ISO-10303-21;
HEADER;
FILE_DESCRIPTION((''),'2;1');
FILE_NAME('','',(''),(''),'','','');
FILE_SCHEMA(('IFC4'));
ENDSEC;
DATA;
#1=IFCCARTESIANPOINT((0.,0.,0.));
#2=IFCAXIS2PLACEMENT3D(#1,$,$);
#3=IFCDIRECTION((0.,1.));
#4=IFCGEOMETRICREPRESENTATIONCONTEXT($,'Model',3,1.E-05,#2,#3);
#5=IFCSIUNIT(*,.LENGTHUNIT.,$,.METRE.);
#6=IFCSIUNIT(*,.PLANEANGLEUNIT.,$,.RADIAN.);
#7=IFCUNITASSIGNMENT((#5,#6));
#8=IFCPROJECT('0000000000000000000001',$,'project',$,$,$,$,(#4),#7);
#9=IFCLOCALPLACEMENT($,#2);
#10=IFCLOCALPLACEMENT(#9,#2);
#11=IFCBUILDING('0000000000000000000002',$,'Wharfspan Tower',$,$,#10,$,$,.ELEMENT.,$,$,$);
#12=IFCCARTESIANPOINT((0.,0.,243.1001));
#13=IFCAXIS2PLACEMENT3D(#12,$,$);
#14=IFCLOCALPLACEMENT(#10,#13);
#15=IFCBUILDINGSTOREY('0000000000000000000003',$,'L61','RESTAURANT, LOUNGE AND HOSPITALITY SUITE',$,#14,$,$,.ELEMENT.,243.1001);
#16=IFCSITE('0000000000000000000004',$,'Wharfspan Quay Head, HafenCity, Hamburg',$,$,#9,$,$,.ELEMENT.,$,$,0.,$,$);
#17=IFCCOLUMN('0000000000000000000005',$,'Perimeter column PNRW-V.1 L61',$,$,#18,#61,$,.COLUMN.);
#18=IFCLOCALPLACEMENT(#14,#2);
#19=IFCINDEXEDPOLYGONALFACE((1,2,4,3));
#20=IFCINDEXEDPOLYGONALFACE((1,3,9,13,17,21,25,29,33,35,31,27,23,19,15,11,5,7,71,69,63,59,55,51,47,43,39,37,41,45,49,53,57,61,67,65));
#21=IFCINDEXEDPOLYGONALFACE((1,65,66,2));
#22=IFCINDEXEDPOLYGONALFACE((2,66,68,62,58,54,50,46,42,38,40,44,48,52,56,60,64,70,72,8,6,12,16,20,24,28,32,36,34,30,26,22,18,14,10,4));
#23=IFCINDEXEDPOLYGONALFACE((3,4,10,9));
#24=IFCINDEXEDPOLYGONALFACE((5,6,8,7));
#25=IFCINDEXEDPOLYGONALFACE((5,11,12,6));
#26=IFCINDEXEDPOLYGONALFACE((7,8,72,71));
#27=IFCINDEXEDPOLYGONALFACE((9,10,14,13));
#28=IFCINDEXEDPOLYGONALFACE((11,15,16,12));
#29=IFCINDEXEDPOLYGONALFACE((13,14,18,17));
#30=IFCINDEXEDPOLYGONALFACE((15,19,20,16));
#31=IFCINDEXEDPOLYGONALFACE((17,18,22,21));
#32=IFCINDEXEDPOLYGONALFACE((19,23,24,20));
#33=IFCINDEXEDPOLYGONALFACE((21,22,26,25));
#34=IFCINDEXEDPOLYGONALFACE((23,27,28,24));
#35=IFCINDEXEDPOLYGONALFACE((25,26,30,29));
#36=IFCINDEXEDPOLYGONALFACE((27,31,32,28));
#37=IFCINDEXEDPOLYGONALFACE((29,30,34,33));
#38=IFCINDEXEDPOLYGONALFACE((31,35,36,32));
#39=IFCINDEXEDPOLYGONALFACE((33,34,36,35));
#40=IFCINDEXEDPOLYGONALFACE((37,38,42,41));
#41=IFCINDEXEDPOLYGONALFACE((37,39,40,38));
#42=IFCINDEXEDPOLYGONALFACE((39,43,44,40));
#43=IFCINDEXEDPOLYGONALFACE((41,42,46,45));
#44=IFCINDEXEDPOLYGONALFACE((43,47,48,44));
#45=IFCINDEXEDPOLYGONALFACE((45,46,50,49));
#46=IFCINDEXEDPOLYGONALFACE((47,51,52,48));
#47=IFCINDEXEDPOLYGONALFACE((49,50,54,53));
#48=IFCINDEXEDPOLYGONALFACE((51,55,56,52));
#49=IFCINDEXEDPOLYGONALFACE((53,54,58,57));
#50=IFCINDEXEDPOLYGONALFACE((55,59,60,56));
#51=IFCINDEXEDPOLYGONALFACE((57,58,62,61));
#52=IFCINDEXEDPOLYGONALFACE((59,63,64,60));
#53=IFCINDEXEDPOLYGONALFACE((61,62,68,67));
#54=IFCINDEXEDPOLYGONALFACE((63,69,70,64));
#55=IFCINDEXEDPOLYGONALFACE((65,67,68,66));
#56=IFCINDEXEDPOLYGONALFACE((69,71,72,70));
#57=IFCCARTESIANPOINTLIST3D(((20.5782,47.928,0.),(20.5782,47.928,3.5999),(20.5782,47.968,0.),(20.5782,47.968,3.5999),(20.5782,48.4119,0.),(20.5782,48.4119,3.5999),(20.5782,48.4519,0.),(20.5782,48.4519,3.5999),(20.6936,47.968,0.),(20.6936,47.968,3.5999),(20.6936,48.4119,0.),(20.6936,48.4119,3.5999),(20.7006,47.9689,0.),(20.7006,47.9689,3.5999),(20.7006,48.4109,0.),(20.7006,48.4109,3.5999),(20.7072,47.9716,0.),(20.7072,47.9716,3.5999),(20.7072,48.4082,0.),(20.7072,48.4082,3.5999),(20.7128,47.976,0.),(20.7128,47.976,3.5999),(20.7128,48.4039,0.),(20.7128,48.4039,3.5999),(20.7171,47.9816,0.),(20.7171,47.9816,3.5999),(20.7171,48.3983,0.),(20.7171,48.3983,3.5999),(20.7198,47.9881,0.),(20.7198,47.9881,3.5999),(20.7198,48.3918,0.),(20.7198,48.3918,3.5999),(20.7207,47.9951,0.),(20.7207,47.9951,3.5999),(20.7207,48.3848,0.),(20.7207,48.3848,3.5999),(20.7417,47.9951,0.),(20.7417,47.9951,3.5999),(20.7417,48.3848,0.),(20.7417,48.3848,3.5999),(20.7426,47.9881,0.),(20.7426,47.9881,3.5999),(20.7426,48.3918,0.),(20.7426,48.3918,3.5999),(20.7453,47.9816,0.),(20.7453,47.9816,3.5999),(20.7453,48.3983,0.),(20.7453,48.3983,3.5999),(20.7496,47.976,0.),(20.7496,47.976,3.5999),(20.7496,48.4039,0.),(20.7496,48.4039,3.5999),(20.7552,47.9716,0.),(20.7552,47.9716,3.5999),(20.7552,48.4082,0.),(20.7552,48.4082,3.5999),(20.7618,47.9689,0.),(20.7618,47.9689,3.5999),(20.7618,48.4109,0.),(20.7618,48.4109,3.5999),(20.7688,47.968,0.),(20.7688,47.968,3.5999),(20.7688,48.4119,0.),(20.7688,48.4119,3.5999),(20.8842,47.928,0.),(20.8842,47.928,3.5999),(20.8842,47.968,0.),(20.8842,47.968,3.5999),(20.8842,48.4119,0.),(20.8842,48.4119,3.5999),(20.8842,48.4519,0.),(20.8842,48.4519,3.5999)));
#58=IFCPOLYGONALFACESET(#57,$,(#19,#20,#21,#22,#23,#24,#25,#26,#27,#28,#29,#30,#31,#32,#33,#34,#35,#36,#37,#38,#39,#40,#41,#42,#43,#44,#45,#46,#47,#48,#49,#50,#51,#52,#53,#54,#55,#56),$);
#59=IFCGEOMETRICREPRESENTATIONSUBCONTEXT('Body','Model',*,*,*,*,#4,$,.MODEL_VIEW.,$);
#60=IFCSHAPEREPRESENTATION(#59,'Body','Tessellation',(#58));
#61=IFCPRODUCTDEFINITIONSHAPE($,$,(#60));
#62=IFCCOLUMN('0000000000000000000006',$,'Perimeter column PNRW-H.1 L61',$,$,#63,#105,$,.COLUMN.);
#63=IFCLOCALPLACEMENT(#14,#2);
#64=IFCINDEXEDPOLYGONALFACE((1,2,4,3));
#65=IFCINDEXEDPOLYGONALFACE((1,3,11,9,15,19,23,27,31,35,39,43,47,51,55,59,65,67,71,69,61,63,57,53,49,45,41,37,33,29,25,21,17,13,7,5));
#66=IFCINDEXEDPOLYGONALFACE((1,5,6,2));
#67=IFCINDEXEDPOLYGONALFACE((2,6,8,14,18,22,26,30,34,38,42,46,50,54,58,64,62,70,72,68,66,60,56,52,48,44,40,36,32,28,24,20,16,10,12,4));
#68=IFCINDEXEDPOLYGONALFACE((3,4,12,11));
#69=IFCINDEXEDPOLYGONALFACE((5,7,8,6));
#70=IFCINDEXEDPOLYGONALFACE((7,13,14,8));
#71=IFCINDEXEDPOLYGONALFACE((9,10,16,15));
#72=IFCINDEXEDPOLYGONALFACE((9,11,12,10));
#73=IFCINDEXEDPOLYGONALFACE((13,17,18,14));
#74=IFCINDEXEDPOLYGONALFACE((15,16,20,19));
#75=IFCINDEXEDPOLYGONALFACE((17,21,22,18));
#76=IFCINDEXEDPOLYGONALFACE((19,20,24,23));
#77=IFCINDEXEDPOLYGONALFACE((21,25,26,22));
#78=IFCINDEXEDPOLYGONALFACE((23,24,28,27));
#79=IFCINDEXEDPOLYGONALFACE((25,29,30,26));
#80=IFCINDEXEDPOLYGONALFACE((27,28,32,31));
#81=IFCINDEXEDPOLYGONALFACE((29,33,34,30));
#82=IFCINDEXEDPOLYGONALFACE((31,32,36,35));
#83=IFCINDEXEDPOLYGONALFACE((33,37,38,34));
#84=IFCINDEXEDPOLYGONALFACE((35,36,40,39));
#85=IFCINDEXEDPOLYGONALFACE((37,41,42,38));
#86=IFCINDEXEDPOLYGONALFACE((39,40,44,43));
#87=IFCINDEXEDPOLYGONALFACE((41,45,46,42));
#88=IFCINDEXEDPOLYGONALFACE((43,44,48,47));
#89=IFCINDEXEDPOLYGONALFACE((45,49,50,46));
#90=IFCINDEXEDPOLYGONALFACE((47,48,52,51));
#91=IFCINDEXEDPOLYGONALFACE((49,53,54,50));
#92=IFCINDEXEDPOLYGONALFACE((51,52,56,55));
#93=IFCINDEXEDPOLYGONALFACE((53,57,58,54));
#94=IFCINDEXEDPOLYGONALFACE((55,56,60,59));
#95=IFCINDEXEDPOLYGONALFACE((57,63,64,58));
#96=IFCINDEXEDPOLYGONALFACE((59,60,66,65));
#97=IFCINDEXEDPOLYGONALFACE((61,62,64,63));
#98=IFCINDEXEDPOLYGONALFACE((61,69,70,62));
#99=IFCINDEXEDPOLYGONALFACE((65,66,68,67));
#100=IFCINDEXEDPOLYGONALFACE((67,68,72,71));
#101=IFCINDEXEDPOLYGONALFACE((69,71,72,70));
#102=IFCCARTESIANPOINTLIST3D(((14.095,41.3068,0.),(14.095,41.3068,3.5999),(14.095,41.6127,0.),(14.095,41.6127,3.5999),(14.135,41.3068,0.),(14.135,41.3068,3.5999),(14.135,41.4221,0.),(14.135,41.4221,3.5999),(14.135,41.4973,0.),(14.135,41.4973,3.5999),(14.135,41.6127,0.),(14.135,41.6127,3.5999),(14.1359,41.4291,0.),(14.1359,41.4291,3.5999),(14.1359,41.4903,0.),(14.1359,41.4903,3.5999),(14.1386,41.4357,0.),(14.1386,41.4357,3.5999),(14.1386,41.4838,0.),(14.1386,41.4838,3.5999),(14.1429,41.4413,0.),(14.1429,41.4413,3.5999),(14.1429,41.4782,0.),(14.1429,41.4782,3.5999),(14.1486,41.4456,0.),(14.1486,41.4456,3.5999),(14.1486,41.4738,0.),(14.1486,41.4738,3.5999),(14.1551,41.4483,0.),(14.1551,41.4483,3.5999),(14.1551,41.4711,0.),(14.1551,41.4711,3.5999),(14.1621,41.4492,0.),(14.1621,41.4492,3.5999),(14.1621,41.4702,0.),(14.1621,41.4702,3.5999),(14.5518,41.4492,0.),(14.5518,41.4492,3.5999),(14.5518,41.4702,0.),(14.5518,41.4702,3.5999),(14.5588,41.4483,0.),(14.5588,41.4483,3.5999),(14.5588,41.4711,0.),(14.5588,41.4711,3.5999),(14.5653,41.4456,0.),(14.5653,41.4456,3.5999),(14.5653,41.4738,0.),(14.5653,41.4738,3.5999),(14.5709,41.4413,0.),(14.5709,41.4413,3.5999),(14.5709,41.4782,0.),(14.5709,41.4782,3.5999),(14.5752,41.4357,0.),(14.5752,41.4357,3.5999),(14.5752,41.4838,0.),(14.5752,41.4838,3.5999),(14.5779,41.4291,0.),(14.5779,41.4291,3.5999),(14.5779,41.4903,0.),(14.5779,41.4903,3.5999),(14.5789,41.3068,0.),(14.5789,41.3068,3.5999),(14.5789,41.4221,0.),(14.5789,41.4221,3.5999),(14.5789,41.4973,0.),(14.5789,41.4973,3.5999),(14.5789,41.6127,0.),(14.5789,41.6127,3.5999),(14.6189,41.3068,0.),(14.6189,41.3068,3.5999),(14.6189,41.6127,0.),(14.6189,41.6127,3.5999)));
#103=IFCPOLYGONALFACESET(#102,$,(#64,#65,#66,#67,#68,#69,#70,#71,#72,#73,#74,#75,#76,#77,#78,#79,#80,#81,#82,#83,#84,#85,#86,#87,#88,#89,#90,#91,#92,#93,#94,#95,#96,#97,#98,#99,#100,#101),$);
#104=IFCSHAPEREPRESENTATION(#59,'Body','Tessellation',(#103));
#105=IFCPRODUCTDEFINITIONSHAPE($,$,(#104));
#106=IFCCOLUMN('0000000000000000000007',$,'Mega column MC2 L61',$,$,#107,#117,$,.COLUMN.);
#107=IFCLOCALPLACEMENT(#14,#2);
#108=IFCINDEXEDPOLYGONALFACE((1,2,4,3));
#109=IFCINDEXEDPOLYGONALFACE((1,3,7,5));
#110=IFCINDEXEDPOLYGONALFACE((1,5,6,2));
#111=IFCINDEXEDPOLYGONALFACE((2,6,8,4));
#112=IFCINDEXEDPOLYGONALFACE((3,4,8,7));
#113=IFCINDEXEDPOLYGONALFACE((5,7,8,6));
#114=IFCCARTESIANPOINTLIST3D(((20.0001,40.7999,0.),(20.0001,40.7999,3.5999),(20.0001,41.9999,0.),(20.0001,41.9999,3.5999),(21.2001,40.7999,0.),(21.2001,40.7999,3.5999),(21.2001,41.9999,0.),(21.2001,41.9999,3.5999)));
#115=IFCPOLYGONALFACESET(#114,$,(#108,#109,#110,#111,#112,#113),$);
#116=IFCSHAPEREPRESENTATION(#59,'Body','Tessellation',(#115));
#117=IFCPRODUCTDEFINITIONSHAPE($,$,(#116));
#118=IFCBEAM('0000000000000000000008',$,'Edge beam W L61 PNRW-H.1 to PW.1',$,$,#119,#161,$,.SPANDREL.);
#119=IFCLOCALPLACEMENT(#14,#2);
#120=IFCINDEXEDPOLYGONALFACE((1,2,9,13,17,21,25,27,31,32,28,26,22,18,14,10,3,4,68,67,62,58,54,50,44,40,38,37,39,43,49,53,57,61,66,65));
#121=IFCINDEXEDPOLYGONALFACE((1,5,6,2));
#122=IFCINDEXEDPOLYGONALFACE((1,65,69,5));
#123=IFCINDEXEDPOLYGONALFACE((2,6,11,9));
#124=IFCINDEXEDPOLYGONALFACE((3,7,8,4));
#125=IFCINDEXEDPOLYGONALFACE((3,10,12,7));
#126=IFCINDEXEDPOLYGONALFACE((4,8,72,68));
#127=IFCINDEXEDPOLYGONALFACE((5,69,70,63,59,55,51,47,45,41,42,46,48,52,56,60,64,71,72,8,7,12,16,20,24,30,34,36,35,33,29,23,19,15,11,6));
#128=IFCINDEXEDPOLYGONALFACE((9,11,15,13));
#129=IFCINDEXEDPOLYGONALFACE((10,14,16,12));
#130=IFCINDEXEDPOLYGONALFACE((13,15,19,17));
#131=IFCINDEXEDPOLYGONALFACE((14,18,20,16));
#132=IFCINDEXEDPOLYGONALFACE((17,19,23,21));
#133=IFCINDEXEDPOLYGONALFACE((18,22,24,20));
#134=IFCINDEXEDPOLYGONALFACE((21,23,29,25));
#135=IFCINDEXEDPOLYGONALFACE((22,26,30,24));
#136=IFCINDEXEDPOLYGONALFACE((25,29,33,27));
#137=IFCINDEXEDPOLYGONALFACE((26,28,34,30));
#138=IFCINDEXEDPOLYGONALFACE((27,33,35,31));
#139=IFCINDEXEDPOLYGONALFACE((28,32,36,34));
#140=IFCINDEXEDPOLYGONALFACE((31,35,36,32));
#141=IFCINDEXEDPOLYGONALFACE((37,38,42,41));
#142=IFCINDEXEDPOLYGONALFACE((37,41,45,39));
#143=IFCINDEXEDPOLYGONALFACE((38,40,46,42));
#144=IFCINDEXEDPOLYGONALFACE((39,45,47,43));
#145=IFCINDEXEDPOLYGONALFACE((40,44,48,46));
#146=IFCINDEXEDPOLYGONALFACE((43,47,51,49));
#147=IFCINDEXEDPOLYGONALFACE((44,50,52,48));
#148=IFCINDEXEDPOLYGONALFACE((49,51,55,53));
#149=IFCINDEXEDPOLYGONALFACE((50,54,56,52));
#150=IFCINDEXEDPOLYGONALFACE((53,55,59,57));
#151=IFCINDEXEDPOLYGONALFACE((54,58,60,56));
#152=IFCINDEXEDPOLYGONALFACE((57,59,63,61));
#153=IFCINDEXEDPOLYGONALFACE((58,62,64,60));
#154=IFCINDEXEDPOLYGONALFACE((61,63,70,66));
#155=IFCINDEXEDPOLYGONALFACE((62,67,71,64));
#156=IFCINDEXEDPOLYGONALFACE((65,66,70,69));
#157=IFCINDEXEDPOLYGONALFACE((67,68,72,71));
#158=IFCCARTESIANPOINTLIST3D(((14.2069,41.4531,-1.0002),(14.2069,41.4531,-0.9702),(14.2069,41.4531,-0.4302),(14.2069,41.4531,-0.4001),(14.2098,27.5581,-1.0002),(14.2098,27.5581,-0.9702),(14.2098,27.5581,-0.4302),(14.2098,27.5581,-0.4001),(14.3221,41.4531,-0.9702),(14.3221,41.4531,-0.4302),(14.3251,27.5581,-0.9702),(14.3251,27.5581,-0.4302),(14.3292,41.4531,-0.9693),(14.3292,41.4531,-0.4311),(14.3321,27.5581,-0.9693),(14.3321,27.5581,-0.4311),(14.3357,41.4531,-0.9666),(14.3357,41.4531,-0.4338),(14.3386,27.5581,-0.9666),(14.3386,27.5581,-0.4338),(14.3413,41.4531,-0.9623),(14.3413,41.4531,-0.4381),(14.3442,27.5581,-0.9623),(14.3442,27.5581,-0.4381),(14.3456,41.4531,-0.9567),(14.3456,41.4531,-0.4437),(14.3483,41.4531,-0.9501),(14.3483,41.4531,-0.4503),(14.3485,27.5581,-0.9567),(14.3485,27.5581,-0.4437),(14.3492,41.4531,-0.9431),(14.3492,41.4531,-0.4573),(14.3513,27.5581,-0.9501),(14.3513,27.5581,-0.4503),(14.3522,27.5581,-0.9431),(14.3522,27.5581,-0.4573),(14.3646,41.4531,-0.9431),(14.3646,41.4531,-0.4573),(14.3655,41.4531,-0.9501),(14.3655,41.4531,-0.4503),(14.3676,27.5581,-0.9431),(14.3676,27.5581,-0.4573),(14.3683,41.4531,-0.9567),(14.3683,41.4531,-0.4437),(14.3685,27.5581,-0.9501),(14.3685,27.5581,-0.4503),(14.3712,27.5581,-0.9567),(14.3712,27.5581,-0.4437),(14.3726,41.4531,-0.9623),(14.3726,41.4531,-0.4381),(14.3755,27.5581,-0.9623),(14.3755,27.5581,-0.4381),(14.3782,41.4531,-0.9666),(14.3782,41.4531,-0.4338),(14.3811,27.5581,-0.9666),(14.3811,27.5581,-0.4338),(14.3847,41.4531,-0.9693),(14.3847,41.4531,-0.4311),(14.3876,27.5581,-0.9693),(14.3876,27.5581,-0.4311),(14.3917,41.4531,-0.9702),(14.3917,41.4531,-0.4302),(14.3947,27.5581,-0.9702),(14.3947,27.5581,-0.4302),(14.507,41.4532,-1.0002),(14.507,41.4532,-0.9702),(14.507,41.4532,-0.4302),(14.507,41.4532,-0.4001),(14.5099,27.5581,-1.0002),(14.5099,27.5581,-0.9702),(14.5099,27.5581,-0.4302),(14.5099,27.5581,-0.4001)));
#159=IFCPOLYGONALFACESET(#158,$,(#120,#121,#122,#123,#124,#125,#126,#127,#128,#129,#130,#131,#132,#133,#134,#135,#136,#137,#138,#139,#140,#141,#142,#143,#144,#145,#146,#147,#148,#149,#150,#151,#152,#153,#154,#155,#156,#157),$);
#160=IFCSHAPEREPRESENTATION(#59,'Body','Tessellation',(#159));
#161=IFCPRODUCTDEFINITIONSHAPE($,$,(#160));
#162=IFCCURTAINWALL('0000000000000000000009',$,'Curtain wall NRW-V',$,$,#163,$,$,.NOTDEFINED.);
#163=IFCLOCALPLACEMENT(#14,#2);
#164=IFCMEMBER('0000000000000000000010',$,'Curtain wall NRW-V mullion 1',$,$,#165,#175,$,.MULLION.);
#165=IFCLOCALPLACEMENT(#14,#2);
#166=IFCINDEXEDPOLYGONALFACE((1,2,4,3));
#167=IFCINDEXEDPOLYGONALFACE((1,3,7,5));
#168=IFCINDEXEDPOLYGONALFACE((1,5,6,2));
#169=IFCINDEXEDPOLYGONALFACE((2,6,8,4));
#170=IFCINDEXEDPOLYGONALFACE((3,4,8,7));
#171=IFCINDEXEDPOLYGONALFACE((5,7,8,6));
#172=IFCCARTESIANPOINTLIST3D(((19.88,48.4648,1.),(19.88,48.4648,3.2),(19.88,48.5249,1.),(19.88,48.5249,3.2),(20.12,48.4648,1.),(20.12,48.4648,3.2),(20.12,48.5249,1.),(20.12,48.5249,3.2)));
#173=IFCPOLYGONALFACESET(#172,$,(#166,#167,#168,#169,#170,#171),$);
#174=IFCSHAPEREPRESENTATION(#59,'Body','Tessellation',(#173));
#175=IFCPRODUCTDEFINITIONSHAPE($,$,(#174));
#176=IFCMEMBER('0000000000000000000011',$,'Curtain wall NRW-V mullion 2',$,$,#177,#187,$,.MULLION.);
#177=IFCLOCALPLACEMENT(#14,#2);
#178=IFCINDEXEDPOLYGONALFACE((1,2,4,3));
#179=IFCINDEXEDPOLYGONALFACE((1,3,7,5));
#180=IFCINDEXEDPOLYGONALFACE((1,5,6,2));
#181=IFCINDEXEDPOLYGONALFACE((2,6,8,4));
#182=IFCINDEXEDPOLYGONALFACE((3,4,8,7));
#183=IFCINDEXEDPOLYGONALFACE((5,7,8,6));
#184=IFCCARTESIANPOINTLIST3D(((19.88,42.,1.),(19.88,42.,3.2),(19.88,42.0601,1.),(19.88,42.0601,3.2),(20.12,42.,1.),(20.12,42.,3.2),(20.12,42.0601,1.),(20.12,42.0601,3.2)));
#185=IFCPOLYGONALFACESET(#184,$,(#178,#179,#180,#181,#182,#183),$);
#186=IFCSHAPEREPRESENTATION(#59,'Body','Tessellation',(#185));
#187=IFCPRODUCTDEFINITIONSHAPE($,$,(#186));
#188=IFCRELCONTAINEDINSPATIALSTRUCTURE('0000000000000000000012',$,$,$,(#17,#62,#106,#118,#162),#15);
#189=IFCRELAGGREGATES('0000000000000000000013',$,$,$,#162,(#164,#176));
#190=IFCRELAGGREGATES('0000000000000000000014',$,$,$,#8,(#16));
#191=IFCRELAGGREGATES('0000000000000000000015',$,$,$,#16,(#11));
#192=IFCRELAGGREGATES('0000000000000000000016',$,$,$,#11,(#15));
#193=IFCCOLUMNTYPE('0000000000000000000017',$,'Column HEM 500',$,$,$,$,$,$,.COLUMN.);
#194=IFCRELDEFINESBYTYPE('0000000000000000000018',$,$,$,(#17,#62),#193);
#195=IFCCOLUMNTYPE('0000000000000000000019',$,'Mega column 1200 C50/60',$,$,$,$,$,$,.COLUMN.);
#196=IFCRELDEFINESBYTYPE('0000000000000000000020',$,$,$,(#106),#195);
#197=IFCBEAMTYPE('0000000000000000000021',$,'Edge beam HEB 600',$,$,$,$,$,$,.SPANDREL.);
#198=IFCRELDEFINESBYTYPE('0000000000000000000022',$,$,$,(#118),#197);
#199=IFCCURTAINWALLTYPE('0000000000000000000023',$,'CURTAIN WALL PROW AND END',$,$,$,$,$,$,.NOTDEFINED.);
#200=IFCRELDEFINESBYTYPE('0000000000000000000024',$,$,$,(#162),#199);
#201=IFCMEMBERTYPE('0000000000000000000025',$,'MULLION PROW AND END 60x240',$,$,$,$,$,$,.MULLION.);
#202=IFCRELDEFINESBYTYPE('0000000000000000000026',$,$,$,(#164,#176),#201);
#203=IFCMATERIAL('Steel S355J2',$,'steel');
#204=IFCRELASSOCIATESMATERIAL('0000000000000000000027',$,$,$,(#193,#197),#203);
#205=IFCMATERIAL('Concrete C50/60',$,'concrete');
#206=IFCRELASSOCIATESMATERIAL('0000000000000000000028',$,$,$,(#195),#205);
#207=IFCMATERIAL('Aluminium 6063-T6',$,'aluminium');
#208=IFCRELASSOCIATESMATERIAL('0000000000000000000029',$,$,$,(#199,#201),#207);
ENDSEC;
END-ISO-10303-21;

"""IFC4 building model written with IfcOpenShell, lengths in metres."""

from ifc_helpers import new_model, si_unit, direction, frame, origin, origin_2d, place, context, subcontext, project, spatial, rectangle, i_section, extrude, material, material_profile, profile_set, type_object, element, aggregate, save


model = new_model("IFC4")

# Units and contexts
model_context = context("Model", 3, precision=1e-05, world=origin(), true_north=direction((0.0, 1.0)))
body_context = subcontext(model_context, "Body", "Model", "MODEL_VIEW")
ifc_project = project(units=[si_unit("LENGTHUNIT", "METRE"), si_unit("PLANEANGLEUNIT", "RADIAN")], contexts=[model_context])

# Site, building, storey
site_placement = place(None, origin())
site = spatial("IfcSite", under=ifc_project, at=site_placement, Name="Wharfspan Quay Head, HafenCity, Hamburg", CompositionType="ELEMENT", RefElevation=0.0)
building_placement = place(site_placement, origin())
building = spatial("IfcBuilding", under=site, at=building_placement, Name="Wharfspan Tower", CompositionType="ELEMENT")
storey_placement = place(building_placement, frame((0.0, 0.0, 243.1001)))
storey = spatial("IfcBuildingStorey", under=building, at=storey_placement, Name="L61", Description="RESTAURANT, LOUNGE AND HOSPITALITY SUITE", CompositionType="ELEMENT", Elevation=243.1001)

# Columns
ifc_material_1 = material(Name="Steel S355J2", Category="steel")
ifc_material_profile_1 = material_profile(ifc_material_1, i_section(OverallWidth=0.3059, OverallDepth=0.5239, WebThickness=0.021, FlangeThickness=0.04, FilletRadius=0.0271, at=origin_2d()))
ifc_profile_set_1 = profile_set([ifc_material_profile_1], Name="Steel S355J2")
column_type_1 = type_object("IfcColumnType", Name="Column HEM 500", PredefinedType="COLUMN", material=ifc_profile_set_1)
for number, where, z_axis, x_axis, name in (
    (1, (20.7312, 48.1899, 0.0), (0.0, 0.0, 1.0), (-1.0, 0.0, 0.0), "Perimeter column PNRW-V.1 L61"),
    (2, (14.3569, 41.4597, 0.0), (0.0, 0.0, 1.0), (0.0, 1.0, 0.0), "Perimeter column PNRW-H.1 L61"),
):
    element("IfcColumn", number, at=place(storey_placement, frame(where, z_axis=z_axis, x_axis=x_axis)), inside=storey, type_object=column_type_1, Name=name, PredefinedType="COLUMN", context=body_context, shape_type="SweptSolid", body=[
        extrude(i_section(OverallWidth=0.3059, OverallDepth=0.5239, WebThickness=0.021, FlangeThickness=0.04, FilletRadius=0.0271, at=origin_2d()), origin(), (0.0, 0.0, 1.0), 3.5999),
    ])
ifc_material_2 = material(Name="Concrete C50/60", Category="concrete")
ifc_material_profile_2 = material_profile(ifc_material_2, rectangle(XDim=1.2, YDim=1.2, at=origin_2d()))
ifc_profile_set_2 = profile_set([ifc_material_profile_2], Name="Concrete C50/60")
column_type_2 = type_object("IfcColumnType", Name="Mega column 1200 C50/60", PredefinedType="COLUMN", material=ifc_profile_set_2)
column_placement = place(storey_placement, frame((20.6001, 41.3999, 0.0), z_axis=(0.0, 0.0, 1.0), x_axis=(1.0, 0.0, 0.0)))
element("IfcColumn", 3, at=column_placement, inside=storey, type_object=column_type_2, Name="Mega column MC2 L61", PredefinedType="COLUMN", context=body_context, shape_type="SweptSolid", body=[
    extrude(rectangle(XDim=1.2, YDim=1.2, at=origin_2d()), origin(), (0.0, 0.0, 1.0), 3.5999),
])

# Beam
ifc_material_profile_3 = material_profile(ifc_material_1, i_section(OverallWidth=0.3, OverallDepth=0.6001, WebThickness=0.0154, FlangeThickness=0.03, FilletRadius=0.0271, at=origin_2d()))
ifc_profile_set_3 = profile_set([ifc_material_profile_3], Name="Steel S355J2")
beam_type = type_object("IfcBeamType", Name="Edge beam HEB 600", PredefinedType="SPANDREL", material=ifc_profile_set_3)
beam_placement = place(storey_placement, frame((14.3569, 41.4531, -0.7002), z_axis=(0.000211, -1.0, 0.0), x_axis=(1.0, 0.000211, 0.0)))
element("IfcBeam", 4, at=beam_placement, inside=storey, type_object=beam_type, Name="Edge beam W L61 PNRW-H.1 to PW.1", PredefinedType="SPANDREL", context=body_context, shape_type="SweptSolid", body=[
    extrude(i_section(OverallWidth=0.3, OverallDepth=0.6001, WebThickness=0.0154, FlangeThickness=0.03, FilletRadius=0.0271, at=origin_2d()), origin(), (0.0, 0.0, 1.0), 13.895),
])

# Curtain wall, members
ifc_material_3 = material(Name="Aluminium 6063-T6", Category="aluminium")
curtain_wall_type = type_object("IfcCurtainWallType", Name="CURTAIN WALL PROW AND END", PredefinedType="NOTDEFINED", material=ifc_material_3)
curtain_wall_1_placement = place(storey_placement, origin())
curtain_wall_1 = element("IfcCurtainWall", 5, at=curtain_wall_1_placement, inside=storey, type_object=curtain_wall_type, Name="Curtain wall NRW-V", PredefinedType="NOTDEFINED")
ifc_material_profile_4 = material_profile(ifc_material_3, rectangle(XDim=0.24, YDim=0.0601, at=origin_2d()))
ifc_profile_set_4 = profile_set([ifc_material_profile_4], Name="Aluminium 6063-T6")
member_type_1 = type_object("IfcMemberType", Name="MULLION PROW AND END 60x240", PredefinedType="MULLION", material=ifc_profile_set_4)
member_1_placement = place(storey_placement, frame((20.0, 48.4949, 1.0), z_axis=(0.0, 0.0, 1.0), x_axis=(1.0, 0.0, 0.0)))
member_1 = element("IfcMember", 6, at=member_1_placement, type_object=member_type_1, Name="Curtain wall NRW-V mullion 1", PredefinedType="MULLION", context=body_context, shape_type="SweptSolid", body=[
    extrude(rectangle(XDim=0.24, YDim=0.0601, at=origin_2d()), origin(), (0.0, 0.0, 1.0), 2.2),
])
member_2_placement = place(storey_placement, frame((20.0, 42.03, 1.0), z_axis=(0.0, 0.0, 1.0), x_axis=(1.0, 0.0, 0.0)))
member_2 = element("IfcMember", 7, at=member_2_placement, type_object=member_type_1, Name="Curtain wall NRW-V mullion 2", PredefinedType="MULLION", context=body_context, shape_type="SweptSolid", body=[
    extrude(rectangle(XDim=0.24, YDim=0.0601, at=origin_2d()), origin(), (0.0, 0.0, 1.0), 2.2),
])

aggregate(curtain_wall_1, [member_1, member_2])

save(model, "model.ifc")
